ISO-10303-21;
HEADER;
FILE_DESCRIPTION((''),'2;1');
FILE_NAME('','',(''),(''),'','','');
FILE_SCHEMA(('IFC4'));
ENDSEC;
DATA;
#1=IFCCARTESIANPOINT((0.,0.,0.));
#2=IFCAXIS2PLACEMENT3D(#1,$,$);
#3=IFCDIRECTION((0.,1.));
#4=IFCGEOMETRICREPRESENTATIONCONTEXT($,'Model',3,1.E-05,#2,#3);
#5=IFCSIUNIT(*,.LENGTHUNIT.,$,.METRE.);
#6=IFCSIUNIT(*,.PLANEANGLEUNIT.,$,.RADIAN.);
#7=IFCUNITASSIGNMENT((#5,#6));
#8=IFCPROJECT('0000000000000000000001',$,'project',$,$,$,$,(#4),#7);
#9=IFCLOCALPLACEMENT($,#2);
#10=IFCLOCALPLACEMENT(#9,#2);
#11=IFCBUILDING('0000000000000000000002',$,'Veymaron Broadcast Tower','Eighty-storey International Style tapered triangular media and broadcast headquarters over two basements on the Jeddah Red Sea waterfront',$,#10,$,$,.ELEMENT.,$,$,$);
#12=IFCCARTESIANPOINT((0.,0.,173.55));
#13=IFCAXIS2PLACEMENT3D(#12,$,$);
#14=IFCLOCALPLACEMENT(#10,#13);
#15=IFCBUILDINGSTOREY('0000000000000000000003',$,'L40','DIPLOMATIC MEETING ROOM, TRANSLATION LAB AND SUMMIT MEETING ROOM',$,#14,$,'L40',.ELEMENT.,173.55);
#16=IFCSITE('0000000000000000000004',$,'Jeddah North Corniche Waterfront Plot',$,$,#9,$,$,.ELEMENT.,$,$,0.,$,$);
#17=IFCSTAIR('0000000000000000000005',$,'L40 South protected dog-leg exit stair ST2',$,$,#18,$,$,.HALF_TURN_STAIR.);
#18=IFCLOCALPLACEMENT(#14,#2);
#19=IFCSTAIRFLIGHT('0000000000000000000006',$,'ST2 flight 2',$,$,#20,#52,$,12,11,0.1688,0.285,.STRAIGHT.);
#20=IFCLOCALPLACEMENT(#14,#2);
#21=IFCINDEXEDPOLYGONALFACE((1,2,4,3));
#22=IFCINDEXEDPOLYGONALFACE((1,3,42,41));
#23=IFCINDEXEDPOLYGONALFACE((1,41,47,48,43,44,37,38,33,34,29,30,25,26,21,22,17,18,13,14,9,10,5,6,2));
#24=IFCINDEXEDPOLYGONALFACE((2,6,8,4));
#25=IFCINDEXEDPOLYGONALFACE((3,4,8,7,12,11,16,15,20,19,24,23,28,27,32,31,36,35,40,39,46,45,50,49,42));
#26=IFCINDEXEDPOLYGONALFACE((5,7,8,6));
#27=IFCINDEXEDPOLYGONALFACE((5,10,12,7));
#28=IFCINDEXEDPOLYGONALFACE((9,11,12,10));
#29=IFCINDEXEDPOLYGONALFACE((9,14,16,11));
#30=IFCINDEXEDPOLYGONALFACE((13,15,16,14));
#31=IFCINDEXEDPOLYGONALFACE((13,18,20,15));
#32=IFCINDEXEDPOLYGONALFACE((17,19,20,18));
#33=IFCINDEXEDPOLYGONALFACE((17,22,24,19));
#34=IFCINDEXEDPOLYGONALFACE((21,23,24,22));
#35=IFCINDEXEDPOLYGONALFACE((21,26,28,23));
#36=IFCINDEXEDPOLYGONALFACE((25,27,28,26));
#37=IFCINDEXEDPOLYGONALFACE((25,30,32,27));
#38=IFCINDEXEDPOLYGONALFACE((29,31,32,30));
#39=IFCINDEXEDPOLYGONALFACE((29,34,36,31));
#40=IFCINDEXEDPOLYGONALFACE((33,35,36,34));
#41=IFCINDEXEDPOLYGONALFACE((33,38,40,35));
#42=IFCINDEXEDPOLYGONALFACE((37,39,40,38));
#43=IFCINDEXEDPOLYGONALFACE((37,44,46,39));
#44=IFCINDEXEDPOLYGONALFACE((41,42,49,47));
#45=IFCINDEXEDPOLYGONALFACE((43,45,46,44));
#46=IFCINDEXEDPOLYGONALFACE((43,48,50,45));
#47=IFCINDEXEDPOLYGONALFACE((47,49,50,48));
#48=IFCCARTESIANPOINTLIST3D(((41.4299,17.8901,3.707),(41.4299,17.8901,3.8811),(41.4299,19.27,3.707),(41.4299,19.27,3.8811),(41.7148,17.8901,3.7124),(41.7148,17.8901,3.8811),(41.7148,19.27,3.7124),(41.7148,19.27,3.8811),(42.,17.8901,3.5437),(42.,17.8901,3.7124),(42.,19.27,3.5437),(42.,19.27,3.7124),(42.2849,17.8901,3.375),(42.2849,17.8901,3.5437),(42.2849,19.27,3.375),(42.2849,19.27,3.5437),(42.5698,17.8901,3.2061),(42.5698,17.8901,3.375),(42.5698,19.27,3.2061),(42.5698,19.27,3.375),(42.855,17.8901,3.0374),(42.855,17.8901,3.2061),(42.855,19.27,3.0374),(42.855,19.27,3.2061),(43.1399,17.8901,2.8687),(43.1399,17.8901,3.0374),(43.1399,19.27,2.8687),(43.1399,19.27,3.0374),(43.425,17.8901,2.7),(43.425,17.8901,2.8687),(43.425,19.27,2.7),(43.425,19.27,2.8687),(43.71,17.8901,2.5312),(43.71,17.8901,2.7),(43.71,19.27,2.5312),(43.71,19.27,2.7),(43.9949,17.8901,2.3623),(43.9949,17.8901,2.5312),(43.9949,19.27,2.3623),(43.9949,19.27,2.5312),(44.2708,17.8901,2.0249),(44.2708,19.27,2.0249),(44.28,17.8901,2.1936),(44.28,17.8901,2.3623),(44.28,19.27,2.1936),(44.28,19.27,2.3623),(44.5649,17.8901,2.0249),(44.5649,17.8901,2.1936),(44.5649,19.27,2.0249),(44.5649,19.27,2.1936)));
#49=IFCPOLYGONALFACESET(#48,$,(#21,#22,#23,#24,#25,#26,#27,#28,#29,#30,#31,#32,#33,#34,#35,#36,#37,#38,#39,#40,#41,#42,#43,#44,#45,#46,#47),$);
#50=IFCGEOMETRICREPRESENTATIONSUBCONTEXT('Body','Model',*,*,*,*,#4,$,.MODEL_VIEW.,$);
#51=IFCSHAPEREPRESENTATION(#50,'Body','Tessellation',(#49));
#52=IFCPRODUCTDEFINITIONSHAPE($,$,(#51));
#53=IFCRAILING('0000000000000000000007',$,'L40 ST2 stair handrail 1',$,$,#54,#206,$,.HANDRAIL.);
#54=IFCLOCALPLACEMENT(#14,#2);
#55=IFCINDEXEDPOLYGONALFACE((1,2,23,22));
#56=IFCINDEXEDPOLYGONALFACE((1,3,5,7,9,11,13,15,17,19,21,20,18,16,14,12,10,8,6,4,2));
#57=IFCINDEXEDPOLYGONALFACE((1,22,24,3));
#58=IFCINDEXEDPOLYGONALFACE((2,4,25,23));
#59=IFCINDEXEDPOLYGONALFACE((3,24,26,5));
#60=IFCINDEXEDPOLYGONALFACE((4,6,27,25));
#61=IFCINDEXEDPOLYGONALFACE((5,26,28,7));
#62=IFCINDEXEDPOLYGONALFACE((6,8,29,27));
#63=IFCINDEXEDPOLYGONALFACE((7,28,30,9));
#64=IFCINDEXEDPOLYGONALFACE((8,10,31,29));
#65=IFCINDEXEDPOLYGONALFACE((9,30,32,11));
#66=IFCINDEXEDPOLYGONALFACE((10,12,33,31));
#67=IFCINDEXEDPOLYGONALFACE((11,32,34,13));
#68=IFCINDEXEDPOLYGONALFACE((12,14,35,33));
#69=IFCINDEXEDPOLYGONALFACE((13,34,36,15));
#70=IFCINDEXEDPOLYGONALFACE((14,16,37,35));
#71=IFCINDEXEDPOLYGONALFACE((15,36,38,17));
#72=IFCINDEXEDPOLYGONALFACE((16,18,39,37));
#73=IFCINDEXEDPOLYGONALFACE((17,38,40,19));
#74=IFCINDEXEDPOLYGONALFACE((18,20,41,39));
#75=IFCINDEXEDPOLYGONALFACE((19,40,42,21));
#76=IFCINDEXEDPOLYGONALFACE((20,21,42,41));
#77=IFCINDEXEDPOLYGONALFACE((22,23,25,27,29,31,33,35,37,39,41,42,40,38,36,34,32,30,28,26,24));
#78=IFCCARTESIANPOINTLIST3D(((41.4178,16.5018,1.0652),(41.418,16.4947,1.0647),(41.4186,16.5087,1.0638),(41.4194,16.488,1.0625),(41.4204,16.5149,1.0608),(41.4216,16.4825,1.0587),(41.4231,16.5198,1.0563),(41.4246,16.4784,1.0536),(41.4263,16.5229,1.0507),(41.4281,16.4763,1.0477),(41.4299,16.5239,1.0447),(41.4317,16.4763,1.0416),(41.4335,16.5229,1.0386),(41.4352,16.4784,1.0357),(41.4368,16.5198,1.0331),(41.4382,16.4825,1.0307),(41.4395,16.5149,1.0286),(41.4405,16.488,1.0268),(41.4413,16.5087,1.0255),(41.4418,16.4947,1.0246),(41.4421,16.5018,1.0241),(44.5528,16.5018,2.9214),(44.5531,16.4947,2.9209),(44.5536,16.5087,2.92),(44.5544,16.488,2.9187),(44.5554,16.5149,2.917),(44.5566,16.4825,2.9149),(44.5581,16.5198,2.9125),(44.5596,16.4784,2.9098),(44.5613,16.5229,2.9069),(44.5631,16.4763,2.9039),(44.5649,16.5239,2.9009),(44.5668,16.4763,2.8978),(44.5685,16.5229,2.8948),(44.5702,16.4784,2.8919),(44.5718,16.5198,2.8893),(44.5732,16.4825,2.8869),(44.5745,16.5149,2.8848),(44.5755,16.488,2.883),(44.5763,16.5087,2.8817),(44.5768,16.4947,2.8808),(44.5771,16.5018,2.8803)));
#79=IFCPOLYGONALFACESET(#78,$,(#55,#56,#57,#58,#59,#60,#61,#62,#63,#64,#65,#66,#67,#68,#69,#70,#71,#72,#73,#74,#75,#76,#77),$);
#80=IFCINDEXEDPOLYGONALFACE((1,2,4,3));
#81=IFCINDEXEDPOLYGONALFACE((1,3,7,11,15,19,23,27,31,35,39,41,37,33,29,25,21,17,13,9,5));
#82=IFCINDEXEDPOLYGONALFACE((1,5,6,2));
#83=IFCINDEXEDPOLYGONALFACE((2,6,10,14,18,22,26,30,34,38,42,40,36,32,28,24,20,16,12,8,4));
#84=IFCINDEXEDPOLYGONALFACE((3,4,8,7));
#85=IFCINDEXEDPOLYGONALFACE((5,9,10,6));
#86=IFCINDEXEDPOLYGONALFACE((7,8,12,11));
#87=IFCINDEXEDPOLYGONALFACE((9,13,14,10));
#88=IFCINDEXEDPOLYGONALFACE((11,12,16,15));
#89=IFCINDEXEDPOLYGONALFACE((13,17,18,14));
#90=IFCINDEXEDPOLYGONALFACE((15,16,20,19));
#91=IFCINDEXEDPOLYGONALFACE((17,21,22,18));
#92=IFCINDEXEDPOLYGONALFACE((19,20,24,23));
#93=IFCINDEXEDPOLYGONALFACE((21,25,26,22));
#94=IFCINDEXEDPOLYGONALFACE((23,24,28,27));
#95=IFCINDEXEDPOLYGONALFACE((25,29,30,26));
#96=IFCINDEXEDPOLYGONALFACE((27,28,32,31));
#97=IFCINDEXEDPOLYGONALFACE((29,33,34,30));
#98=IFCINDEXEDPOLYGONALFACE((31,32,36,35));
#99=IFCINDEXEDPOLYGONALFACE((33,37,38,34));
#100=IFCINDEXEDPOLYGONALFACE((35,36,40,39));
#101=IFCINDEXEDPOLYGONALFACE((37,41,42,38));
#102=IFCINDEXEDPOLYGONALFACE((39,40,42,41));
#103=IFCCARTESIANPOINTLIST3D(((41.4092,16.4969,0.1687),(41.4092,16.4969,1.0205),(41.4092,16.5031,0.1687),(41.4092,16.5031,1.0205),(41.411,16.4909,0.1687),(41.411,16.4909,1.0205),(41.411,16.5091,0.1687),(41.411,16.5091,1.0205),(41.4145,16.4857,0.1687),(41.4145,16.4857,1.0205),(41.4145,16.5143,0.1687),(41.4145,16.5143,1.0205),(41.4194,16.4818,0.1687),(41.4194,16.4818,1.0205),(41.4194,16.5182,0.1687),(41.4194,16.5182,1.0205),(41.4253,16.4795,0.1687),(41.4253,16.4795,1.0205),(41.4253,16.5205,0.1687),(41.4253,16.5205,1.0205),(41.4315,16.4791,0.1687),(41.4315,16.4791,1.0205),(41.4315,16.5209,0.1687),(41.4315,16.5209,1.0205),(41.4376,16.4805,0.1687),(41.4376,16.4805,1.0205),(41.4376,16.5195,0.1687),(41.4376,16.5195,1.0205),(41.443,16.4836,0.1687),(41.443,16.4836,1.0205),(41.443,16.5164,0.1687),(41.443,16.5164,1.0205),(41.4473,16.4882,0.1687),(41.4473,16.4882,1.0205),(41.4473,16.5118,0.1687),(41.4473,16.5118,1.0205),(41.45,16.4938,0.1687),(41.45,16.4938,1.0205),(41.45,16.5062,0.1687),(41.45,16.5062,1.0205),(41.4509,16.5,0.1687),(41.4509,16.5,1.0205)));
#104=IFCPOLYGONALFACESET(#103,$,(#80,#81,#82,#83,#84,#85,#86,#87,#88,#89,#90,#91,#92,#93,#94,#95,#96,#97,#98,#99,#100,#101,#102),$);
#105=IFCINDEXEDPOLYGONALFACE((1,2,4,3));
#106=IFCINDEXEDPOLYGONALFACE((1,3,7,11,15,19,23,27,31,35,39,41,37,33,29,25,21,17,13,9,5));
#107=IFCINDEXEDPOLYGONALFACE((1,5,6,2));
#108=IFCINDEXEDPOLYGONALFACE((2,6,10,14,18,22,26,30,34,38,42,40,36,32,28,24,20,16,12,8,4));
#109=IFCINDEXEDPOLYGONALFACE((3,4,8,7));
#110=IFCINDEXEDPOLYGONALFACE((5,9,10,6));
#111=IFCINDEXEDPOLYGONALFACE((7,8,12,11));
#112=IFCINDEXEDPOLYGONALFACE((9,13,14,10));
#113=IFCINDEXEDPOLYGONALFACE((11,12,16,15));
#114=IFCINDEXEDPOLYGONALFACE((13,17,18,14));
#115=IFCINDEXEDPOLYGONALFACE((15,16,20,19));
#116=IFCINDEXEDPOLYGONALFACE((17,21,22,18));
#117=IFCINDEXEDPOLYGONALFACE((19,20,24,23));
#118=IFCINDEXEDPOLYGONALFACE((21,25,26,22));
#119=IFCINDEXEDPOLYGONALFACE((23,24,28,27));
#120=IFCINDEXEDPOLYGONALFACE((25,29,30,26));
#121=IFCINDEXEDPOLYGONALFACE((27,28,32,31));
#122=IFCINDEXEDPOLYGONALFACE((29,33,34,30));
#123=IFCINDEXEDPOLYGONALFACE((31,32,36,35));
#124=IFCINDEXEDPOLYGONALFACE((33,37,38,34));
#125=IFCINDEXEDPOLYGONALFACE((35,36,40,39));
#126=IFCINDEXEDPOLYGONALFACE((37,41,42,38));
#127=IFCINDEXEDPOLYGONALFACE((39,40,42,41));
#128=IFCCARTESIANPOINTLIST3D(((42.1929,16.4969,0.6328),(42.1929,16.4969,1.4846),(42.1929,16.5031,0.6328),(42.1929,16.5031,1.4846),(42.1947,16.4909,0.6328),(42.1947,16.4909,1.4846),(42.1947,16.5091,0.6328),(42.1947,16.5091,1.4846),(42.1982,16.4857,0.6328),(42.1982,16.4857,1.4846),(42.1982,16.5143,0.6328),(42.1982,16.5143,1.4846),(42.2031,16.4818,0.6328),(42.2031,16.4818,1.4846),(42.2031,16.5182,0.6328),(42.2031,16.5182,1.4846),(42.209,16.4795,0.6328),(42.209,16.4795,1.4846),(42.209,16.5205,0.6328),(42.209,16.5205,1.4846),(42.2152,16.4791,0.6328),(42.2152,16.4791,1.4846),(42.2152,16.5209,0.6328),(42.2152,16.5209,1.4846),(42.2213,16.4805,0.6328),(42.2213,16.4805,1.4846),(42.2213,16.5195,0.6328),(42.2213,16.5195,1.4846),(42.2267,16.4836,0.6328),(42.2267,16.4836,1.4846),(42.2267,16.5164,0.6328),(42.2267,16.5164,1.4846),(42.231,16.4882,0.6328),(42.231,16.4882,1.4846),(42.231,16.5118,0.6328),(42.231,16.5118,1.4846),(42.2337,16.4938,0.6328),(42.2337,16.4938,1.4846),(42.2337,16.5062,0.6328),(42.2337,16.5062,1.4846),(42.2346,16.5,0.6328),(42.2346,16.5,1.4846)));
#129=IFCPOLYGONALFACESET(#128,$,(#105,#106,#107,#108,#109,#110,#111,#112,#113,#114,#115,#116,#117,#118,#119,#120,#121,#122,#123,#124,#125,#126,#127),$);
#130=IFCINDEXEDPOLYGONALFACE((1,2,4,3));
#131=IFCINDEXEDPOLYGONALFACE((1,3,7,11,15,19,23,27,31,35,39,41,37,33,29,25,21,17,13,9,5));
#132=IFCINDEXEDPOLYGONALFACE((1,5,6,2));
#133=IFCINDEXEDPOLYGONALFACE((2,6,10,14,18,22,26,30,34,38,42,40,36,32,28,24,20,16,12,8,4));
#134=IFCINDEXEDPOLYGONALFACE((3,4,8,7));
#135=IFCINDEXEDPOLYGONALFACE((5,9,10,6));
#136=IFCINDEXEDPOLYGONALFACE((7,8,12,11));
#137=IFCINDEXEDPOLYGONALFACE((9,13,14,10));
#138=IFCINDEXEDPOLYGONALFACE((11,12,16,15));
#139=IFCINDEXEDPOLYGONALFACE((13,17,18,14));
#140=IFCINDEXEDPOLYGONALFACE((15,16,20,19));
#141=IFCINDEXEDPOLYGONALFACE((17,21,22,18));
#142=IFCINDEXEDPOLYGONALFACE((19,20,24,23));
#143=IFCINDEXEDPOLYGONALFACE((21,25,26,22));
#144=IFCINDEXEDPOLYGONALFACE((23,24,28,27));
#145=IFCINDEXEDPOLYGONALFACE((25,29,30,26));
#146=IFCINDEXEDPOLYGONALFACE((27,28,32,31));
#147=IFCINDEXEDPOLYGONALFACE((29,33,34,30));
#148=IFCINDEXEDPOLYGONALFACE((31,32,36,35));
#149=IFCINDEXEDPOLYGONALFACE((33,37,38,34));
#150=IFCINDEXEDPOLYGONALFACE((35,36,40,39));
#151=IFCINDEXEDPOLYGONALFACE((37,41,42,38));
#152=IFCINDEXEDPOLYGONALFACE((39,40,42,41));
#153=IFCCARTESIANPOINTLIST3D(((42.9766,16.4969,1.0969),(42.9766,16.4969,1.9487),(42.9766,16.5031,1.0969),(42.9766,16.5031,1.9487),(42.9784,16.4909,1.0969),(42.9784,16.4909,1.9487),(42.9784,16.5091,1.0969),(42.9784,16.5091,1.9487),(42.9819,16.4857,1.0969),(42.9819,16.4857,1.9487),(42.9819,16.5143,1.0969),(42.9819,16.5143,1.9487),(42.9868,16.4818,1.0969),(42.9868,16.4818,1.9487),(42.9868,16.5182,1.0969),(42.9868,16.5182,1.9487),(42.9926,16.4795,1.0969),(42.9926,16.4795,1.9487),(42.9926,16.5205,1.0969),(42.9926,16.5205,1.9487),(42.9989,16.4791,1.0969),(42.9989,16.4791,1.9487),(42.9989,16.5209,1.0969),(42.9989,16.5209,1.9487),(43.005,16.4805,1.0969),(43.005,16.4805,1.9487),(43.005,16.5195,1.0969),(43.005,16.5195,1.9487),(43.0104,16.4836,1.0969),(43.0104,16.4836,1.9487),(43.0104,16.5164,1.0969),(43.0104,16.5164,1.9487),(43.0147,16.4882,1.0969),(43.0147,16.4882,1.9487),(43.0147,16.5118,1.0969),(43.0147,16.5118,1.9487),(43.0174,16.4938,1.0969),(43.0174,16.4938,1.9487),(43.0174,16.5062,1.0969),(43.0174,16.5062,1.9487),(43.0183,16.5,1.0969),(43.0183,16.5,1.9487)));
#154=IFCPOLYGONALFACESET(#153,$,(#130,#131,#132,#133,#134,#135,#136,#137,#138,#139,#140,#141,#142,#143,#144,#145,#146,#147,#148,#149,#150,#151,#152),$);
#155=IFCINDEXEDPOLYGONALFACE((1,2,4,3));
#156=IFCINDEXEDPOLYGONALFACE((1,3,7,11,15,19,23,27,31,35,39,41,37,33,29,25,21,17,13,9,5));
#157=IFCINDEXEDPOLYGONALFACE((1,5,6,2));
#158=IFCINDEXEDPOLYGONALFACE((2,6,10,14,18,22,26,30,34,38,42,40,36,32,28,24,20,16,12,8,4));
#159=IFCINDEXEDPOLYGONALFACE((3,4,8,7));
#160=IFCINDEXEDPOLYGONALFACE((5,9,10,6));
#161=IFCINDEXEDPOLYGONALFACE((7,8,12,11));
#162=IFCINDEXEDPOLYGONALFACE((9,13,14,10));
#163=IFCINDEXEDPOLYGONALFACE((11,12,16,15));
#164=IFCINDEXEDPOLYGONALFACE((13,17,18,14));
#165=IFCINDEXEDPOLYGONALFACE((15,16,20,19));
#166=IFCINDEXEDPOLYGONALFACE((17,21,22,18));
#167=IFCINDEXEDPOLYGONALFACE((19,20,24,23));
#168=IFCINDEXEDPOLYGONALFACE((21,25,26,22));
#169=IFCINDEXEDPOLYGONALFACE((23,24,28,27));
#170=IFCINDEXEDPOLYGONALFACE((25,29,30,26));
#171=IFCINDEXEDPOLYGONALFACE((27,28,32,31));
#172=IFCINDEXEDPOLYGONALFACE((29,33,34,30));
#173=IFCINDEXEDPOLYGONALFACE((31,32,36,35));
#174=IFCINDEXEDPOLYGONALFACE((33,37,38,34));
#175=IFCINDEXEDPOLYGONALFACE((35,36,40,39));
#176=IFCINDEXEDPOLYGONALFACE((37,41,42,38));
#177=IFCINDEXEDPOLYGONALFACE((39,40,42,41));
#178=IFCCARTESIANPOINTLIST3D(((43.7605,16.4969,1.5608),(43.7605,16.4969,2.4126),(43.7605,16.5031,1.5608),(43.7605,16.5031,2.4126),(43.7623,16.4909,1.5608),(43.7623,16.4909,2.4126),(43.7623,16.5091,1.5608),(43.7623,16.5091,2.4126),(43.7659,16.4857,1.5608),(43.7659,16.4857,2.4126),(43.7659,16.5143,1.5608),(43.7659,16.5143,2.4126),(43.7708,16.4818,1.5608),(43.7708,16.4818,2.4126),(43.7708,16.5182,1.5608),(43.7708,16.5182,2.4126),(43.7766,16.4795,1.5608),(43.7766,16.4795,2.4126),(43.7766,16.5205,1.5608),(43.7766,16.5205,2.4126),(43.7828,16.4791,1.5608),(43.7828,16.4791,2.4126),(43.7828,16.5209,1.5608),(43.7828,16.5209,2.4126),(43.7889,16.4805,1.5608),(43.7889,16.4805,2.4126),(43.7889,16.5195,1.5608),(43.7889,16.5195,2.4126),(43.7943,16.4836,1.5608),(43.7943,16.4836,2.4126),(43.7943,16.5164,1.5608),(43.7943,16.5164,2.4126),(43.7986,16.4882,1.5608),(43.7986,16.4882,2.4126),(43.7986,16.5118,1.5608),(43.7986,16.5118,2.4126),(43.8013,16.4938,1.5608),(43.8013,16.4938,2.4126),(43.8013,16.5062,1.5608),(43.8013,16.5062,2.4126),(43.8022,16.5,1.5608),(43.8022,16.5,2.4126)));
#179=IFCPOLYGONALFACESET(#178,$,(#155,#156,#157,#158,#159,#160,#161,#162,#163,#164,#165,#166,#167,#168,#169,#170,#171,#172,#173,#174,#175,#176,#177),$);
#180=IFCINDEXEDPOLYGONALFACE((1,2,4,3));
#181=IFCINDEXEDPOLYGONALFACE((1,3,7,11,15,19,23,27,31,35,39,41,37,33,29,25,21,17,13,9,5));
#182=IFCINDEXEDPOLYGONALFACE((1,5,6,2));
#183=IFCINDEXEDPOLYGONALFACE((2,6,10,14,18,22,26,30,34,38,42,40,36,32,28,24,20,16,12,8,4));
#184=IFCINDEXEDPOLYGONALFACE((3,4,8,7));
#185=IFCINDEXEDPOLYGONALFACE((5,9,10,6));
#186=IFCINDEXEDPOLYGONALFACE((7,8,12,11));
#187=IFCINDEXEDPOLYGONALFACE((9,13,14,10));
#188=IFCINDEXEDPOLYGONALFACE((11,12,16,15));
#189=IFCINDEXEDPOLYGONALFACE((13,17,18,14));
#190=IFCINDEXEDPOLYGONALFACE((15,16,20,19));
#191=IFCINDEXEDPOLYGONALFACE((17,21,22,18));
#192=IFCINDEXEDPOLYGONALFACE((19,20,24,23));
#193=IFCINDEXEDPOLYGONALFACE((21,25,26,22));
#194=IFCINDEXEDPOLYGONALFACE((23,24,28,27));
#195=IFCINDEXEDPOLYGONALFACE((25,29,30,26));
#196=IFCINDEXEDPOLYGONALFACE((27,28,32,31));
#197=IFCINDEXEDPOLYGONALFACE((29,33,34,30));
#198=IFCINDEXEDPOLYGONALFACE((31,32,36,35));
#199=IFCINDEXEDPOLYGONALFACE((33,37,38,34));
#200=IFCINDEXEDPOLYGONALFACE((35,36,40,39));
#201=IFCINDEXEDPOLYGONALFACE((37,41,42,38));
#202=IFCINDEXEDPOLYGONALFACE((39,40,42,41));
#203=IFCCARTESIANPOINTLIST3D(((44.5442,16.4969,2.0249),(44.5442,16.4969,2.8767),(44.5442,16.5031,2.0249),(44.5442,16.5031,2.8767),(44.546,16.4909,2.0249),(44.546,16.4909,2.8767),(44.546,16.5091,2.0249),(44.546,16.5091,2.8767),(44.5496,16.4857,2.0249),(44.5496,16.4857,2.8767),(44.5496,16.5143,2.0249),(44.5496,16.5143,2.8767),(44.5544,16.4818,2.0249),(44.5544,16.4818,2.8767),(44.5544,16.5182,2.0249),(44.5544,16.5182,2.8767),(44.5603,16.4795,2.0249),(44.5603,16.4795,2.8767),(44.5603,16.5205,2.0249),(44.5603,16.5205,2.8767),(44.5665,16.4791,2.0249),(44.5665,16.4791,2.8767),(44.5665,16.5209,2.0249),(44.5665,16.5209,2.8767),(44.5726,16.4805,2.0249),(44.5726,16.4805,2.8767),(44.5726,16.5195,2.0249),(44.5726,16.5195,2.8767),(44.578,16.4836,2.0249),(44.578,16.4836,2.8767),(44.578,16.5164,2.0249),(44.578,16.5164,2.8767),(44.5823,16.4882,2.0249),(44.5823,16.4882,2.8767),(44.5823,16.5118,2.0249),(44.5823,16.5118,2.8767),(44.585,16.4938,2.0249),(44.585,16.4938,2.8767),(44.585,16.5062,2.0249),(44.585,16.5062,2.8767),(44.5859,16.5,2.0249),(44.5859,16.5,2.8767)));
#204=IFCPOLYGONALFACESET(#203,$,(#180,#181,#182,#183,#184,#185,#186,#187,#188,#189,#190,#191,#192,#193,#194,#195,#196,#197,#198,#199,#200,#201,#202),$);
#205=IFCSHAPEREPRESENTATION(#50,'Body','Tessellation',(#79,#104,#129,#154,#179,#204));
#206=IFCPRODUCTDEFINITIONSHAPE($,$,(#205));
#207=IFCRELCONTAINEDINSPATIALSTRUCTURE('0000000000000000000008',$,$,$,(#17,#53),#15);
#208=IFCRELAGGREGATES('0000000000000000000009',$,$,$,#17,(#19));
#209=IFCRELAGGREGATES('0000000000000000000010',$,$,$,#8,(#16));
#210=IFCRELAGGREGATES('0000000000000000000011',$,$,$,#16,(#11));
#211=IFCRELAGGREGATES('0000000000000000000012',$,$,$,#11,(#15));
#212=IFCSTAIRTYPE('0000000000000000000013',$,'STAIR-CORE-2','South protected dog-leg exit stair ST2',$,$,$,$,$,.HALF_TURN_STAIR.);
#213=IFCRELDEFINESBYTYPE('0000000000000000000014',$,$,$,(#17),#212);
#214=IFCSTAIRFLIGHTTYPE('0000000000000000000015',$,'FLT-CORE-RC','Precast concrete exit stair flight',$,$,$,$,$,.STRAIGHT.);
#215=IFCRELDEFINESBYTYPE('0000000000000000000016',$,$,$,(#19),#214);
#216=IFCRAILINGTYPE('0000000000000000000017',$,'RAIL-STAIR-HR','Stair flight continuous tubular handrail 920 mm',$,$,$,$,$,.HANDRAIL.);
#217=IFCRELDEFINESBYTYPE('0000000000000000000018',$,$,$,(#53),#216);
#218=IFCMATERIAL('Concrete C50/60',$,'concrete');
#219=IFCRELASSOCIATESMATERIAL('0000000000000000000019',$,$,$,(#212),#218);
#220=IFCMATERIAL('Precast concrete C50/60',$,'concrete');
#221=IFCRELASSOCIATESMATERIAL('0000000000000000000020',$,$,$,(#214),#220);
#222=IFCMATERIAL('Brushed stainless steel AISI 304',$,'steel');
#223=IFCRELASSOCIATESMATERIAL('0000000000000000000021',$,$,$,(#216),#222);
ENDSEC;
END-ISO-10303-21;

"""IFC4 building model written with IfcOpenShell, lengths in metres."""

from ifc_helpers import new_model, si_unit, direction, frame, origin, origin_2d, place, context, subcontext, project, spatial, polyline, circle, outline, extrude, material, type_object, element, aggregate, save


model = new_model("IFC4")

# Units and contexts
model_context = context("Model", 3, precision=1e-05, world=origin(), true_north=direction((0.0, 1.0)))
body_context = subcontext(model_context, "Body", "Model", "MODEL_VIEW")
ifc_project = project(units=[si_unit("LENGTHUNIT", "METRE"), si_unit("PLANEANGLEUNIT", "RADIAN")], contexts=[model_context])

# Site, building, storey
site_placement = place(None, origin())
site = spatial("IfcSite", under=ifc_project, at=site_placement, Name="Jeddah North Corniche Waterfront Plot", CompositionType="ELEMENT", RefElevation=0.0)
building_placement = place(site_placement, origin())
building = spatial("IfcBuilding", under=site, at=building_placement, Name="Veymaron Broadcast Tower", Description="Eighty-storey International Style tapered triangular media and broadcast headquarters over two basements on the Jeddah Red Sea waterfront", CompositionType="ELEMENT")
storey_placement = place(building_placement, frame((0.0, 0.0, 173.55)))
storey = spatial("IfcBuildingStorey", under=building, at=storey_placement, Name="L40", Description="DIPLOMATIC MEETING ROOM, TRANSLATION LAB AND SUMMIT MEETING ROOM", LongName="L40", CompositionType="ELEMENT", Elevation=173.55)

# Shared definitions
ifc_material_1 = material(Name="Concrete C50/60", Category="concrete")

# Stair, stair flight
stair_type = type_object("IfcStairType", Name="STAIR-CORE-2", Description="South protected dog-leg exit stair ST2", PredefinedType="HALF_TURN_STAIR", material=ifc_material_1)
stair_placement = place(storey_placement, origin())
stair = element("IfcStair", 1, at=stair_placement, inside=storey, type_object=stair_type, Name="L40 South protected dog-leg exit stair ST2", PredefinedType="HALF_TURN_STAIR")
ifc_material_2 = material(Name="Precast concrete C50/60", Category="concrete")
stair_flight_type = type_object("IfcStairFlightType", Name="FLT-CORE-RC", Description="Precast concrete exit stair flight", PredefinedType="STRAIGHT", material=ifc_material_2)
stair_flight_1_placement = place(storey_placement, frame((44.5649, 18.5801, 2.0249), z_axis=(0.0, 0.0, 1.0), x_axis=(-1.0, 0.0, 0.0)))
stair_flight_1 = element("IfcStairFlight", 2, at=stair_flight_1_placement, type_object=stair_flight_type, Name="ST2 flight 2", NumberOfRisers=12, NumberOfTreads=11, PredefinedType="STRAIGHT", RiserHeight=0.1688, TreadLength=0.285, context=body_context, shape_type="SweptSolid", body=[
    extrude(outline(polyline([(0.0, 0.0), (0.0, 0.1687), (0.2849, 0.1687), (0.2849, 0.3374), (0.5701, 0.3374), (0.5701, 0.5063), (0.855, 0.5063), (0.855, 0.675), (1.1399, 0.675), (1.1399, 0.8438), (1.425, 0.8438), (1.425, 1.0125), (1.71, 1.0125), (1.71, 1.1812), (1.9951, 1.1812), (1.9951, 1.3501), (2.28, 1.3501), (2.28, 1.5188), (2.5649, 1.5188), (2.5649, 1.6875), (2.8501, 1.6875), (2.8501, 1.8562), (3.135, 1.8562), (3.135, 2.0249), (3.135, 1.6821), (0.2942, 0.0), (0.0, 0.0)])), frame((0.0, 0.6899, 0.0), z_axis=(0.0, -1.0, 0.0), x_axis=(1.0, 0.0, 0.0)), (0.0, 0.0, 1.0), 1.3799),
])
aggregate(stair, [stair_flight_1])

# Railing
ifc_material_3 = material(Name="Brushed stainless steel AISI 304", Category="steel")
railing_type_1 = type_object("IfcRailingType", Name="RAIL-STAIR-HR", Description="Stair flight continuous tubular handrail 920 mm", PredefinedType="HANDRAIL", material=ifc_material_3)
railing_1_placement = place(storey_placement, frame((41.4299, 16.5, 0.1687)))
element("IfcRailing", 3, at=railing_1_placement, inside=storey, type_object=railing_type_1, Name="L40 ST2 stair handrail 1", PredefinedType="HANDRAIL", context=body_context, shape_type="SweptSolid", body=[
    extrude(circle(Radius=0.0239, at=origin_2d()), frame((0.0, 0.0, 0.876), z_axis=(0.860482, 0.0, 0.509481), x_axis=(0.0, 1.0, 0.0)), (0.0, 0.0, 1.0), 3.6433),
    extrude(circle(Radius=0.021, at=origin_2d()), origin(), (0.0, 0.0, 1.0), 0.8518),
    extrude(circle(Radius=0.021, at=origin_2d()), frame((0.7837, 0.0, 0.4641)), (0.0, 0.0, 1.0), 0.8518),
    extrude(circle(Radius=0.021, at=origin_2d()), frame((1.5674, 0.0, 0.9282)), (0.0, 0.0, 1.0), 0.8518),
    extrude(circle(Radius=0.021, at=origin_2d()), frame((2.3513, 0.0, 1.3921)), (0.0, 0.0, 1.0), 0.8518),
    extrude(circle(Radius=0.021, at=origin_2d()), frame((3.135, 0.0, 1.8562)), (0.0, 0.0, 1.0), 0.8518),
])

save(model, "model.ifc")
